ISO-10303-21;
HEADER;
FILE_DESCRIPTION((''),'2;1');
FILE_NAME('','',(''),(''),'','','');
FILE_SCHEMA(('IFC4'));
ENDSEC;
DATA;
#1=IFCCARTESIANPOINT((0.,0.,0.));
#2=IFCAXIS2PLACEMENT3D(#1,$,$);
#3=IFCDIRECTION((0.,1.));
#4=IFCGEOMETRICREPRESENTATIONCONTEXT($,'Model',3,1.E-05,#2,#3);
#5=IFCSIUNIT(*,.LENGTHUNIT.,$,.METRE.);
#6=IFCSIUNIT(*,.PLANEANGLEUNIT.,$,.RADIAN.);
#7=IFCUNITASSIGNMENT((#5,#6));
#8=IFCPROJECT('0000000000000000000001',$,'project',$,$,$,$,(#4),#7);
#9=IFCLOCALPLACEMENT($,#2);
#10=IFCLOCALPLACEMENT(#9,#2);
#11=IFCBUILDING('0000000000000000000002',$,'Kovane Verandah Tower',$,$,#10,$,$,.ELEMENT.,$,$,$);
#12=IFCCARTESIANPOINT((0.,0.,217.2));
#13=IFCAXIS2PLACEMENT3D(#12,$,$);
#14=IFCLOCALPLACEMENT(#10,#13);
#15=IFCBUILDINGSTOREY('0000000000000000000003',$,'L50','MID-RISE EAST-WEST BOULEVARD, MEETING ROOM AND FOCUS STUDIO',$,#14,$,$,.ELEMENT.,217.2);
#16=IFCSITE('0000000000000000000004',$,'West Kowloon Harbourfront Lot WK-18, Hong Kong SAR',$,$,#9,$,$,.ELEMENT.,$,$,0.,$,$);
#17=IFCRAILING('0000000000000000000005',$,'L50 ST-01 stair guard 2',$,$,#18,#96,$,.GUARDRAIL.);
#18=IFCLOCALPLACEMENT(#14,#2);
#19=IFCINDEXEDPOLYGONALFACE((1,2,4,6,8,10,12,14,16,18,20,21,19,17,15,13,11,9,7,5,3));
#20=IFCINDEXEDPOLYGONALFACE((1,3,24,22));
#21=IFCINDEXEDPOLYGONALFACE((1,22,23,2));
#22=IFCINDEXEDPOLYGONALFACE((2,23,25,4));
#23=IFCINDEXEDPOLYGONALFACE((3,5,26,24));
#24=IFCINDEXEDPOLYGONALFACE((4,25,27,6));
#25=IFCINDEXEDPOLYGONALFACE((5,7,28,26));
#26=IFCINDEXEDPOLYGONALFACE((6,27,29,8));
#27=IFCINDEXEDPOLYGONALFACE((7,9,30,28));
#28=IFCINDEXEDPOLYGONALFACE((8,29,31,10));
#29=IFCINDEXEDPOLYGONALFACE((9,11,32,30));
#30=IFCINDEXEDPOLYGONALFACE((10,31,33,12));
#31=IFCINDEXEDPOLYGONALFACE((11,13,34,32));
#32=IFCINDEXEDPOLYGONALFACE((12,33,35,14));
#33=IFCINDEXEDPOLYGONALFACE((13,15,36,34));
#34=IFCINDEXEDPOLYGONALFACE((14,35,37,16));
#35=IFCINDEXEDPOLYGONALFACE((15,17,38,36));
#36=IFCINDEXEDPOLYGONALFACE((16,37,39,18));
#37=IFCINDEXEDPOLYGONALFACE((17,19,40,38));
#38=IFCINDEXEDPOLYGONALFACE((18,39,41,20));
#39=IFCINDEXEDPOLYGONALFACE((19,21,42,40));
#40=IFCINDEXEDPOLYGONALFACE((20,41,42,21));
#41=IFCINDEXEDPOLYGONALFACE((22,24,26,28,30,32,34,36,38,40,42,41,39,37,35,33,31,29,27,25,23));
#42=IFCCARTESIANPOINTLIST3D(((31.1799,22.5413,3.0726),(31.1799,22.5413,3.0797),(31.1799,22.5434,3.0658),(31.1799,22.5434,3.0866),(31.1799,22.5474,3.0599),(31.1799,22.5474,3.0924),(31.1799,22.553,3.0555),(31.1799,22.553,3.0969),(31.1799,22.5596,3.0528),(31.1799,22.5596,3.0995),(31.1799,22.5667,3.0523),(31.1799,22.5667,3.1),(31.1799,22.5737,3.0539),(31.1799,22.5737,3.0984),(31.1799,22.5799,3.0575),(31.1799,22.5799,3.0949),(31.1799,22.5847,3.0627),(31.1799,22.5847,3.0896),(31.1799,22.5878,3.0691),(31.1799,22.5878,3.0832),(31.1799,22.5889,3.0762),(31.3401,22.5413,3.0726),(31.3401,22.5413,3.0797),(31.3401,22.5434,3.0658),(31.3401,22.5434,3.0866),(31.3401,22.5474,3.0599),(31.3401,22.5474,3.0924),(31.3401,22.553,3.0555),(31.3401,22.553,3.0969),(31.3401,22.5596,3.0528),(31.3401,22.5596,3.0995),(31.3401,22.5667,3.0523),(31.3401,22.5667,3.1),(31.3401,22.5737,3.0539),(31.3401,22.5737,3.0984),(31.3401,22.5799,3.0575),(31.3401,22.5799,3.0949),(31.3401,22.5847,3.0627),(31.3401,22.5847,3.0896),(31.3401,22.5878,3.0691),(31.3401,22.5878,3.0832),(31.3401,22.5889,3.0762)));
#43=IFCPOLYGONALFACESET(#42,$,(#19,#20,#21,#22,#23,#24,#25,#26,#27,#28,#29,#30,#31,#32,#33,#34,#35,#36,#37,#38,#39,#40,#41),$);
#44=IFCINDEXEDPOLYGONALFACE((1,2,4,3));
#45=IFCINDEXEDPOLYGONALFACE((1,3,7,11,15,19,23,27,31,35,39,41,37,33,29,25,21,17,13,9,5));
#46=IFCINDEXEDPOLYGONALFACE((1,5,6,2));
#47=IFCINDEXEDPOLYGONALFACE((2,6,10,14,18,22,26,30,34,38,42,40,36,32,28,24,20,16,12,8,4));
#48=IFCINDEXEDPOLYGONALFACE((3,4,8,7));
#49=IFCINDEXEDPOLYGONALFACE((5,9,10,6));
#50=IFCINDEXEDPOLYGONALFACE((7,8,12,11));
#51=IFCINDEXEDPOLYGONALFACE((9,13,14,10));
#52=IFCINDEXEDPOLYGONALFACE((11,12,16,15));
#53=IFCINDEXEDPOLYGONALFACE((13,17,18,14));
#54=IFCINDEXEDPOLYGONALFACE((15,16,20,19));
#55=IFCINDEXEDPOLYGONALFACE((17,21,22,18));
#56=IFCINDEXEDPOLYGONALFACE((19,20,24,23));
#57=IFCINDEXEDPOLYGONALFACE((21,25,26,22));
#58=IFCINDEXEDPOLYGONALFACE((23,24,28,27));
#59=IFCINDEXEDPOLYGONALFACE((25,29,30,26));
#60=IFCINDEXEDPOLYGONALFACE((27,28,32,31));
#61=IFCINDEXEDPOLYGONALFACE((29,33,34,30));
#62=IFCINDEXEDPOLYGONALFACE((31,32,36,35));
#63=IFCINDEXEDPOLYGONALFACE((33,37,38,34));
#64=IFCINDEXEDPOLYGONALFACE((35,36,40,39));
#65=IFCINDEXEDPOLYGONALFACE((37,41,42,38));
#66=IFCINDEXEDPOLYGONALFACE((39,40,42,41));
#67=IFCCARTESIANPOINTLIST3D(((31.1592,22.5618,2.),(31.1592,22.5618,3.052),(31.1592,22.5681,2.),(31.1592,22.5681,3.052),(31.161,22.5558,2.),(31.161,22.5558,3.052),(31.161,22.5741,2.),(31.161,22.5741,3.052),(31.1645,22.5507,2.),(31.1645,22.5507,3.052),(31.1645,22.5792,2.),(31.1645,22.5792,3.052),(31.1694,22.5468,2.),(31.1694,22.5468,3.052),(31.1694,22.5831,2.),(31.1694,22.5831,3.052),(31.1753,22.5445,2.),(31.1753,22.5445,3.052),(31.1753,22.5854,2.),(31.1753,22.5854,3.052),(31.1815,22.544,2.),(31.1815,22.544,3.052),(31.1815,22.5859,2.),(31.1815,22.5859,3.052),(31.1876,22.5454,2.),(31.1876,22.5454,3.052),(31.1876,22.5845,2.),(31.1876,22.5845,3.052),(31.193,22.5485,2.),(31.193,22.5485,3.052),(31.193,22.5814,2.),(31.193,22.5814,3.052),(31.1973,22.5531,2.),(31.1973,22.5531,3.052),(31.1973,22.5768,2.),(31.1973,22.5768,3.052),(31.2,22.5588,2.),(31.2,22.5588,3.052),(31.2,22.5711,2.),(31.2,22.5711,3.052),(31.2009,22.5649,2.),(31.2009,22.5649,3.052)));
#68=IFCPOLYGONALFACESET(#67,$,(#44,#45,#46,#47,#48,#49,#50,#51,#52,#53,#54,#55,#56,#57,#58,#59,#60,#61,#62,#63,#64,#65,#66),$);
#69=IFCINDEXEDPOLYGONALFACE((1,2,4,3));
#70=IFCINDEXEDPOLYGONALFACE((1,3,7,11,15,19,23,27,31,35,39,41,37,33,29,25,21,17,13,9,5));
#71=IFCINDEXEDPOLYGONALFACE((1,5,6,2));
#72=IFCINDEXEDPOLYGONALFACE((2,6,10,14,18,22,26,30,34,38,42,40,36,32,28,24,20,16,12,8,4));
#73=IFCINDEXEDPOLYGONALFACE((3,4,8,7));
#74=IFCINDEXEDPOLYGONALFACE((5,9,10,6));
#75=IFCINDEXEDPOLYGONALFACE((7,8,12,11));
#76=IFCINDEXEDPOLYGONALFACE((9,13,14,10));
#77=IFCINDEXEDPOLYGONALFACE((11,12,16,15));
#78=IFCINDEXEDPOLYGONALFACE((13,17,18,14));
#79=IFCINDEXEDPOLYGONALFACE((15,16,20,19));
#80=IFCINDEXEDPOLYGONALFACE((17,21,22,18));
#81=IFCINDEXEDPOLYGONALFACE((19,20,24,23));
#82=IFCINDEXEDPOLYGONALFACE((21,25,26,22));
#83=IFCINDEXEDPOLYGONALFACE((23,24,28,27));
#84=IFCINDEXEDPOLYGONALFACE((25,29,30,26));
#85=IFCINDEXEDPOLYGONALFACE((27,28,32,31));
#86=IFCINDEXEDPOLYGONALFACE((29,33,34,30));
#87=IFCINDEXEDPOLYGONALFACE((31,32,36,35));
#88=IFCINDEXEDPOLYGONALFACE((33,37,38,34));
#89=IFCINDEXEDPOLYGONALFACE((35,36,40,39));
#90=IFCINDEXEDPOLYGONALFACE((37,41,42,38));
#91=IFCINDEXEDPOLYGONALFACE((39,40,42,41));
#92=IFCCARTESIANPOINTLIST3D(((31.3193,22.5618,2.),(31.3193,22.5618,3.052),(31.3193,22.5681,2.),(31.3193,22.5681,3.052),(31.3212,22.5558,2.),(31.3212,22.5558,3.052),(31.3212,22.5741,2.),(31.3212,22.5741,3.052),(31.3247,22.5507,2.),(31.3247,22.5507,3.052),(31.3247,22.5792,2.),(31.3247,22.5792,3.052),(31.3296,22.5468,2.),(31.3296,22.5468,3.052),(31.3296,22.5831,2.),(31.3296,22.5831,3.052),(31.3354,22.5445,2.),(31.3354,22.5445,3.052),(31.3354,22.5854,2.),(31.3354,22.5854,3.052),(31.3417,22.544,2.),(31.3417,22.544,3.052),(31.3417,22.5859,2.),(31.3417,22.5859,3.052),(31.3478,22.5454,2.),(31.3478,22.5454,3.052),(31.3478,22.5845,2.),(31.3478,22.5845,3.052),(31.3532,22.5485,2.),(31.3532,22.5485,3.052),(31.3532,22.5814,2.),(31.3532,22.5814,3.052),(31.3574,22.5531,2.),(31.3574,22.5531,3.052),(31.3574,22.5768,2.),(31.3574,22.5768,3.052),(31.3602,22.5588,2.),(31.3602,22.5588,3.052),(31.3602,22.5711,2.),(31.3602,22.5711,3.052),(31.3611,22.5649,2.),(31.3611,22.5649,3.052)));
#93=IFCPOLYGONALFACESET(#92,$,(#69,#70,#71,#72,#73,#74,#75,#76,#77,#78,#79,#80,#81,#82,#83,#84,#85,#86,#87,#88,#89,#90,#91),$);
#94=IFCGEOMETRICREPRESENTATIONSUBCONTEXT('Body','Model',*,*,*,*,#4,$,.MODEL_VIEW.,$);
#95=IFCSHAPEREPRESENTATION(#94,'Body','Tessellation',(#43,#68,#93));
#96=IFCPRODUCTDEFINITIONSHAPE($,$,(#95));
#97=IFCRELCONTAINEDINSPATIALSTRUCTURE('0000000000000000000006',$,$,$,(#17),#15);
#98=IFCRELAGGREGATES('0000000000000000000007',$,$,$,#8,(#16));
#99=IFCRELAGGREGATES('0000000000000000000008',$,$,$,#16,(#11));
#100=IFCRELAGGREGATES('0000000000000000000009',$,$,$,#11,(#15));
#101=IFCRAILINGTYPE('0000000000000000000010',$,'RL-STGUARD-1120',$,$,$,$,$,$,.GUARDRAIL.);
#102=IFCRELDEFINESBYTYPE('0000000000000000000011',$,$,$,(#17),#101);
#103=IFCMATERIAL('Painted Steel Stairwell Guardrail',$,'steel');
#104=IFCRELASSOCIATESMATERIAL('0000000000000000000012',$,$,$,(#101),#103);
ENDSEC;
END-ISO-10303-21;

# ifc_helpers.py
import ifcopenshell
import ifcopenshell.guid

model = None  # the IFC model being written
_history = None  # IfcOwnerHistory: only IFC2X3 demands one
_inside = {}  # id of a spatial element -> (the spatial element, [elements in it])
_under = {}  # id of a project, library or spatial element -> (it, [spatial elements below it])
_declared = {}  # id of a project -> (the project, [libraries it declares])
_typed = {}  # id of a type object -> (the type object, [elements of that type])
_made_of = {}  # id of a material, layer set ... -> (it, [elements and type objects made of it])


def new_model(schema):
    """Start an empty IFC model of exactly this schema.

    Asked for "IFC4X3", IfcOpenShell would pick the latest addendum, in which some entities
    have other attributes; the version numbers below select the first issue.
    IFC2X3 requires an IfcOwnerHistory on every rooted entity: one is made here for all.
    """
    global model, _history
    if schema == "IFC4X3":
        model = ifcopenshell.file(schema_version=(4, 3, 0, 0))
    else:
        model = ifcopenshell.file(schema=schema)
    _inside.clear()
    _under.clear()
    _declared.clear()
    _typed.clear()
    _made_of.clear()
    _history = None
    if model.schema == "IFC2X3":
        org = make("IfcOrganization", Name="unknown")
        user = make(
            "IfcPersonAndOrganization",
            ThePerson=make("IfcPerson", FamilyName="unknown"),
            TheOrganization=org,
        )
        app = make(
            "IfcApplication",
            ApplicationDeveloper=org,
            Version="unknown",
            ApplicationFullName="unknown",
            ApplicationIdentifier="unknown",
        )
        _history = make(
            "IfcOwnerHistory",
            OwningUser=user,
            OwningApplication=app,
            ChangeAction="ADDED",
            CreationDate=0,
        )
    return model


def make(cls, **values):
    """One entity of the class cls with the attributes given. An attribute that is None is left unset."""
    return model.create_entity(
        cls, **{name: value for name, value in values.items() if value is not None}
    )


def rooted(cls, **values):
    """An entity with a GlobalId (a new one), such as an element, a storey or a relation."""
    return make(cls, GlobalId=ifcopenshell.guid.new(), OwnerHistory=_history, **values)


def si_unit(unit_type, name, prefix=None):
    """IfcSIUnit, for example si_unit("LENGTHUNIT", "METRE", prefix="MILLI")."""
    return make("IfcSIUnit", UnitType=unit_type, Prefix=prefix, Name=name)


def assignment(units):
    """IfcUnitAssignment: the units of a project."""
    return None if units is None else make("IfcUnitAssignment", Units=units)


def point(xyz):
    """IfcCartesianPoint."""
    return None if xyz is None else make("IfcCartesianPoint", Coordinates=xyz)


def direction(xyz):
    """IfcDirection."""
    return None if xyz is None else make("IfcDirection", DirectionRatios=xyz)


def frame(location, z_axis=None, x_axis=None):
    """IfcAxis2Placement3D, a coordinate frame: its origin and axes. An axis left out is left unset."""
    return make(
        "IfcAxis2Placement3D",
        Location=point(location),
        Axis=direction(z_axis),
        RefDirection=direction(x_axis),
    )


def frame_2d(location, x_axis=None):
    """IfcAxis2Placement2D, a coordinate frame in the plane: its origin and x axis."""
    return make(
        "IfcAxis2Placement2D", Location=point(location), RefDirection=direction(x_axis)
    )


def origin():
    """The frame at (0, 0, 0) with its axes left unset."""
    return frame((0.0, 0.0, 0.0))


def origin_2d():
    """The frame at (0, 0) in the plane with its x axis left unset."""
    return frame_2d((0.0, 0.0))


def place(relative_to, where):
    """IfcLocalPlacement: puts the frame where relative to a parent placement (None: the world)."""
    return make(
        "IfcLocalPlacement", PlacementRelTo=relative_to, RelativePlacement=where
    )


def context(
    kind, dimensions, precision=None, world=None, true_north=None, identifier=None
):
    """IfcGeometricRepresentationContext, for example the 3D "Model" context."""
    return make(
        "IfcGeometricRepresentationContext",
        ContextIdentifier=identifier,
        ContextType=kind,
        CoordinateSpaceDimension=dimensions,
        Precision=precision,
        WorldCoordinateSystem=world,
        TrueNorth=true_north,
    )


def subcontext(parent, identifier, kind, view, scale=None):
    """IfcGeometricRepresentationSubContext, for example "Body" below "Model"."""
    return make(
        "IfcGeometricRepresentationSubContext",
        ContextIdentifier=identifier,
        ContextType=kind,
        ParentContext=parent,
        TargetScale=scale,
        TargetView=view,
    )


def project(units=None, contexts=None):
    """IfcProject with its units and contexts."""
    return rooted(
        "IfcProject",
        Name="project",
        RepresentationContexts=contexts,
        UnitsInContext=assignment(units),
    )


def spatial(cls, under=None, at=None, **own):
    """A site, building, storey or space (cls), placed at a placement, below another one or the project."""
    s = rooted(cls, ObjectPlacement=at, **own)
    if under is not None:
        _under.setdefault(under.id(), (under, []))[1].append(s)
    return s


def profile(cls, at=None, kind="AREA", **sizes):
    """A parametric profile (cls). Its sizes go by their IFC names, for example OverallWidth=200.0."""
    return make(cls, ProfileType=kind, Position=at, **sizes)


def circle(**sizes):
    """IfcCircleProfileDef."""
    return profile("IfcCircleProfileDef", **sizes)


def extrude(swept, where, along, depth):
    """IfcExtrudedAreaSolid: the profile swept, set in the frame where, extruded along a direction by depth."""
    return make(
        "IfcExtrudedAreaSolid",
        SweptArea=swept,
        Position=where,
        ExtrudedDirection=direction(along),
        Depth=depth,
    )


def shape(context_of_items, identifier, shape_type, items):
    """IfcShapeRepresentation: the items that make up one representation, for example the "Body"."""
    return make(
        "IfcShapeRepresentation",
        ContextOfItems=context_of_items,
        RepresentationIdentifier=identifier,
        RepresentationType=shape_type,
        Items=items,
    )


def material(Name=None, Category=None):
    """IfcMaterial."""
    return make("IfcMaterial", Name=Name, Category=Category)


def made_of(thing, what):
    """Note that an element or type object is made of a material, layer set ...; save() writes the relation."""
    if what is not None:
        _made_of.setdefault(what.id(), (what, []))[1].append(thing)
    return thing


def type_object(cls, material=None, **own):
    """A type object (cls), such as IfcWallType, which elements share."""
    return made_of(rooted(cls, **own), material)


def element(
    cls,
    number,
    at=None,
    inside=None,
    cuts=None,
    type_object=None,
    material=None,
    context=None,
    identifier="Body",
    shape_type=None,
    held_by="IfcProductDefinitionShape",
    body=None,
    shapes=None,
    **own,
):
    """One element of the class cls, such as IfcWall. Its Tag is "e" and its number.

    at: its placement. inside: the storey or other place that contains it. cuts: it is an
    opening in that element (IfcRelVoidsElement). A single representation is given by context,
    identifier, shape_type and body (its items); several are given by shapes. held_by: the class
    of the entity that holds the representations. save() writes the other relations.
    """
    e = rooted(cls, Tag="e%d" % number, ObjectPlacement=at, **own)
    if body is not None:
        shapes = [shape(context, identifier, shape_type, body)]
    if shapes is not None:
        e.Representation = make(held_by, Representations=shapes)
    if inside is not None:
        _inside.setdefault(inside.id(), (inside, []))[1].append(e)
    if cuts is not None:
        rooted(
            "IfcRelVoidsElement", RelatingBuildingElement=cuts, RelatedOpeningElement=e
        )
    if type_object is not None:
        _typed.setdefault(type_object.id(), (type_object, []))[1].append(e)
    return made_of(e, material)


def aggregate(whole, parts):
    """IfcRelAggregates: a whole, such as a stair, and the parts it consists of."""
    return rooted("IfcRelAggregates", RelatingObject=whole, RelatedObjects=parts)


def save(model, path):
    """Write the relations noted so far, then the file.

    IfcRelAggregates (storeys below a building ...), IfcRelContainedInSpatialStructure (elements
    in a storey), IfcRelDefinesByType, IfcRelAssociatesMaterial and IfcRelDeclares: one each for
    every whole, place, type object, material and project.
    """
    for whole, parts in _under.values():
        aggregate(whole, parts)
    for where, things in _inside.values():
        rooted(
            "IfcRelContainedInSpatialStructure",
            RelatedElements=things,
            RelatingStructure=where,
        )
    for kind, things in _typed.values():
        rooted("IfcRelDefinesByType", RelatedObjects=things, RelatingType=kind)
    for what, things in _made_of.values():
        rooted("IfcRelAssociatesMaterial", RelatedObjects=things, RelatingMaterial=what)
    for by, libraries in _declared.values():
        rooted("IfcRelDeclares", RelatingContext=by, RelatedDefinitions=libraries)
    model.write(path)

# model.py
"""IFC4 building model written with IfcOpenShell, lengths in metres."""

from ifc_helpers import new_model, si_unit, direction, frame, origin, origin_2d, place, context, subcontext, project, spatial, circle, extrude, material, type_object, element, save


model = new_model("IFC4")

# Units and contexts
model_context = context("Model", 3, precision=1e-05, world=origin(), true_north=direction((0.0, 1.0)))
body_context = subcontext(model_context, "Body", "Model", "MODEL_VIEW")
ifc_project = project(units=[si_unit("LENGTHUNIT", "METRE"), si_unit("PLANEANGLEUNIT", "RADIAN")], contexts=[model_context])

# Site, building, storey
site_placement = place(None, origin())
site = spatial("IfcSite", under=ifc_project, at=site_placement, Name="West Kowloon Harbourfront Lot WK-18, Hong Kong SAR", CompositionType="ELEMENT", RefElevation=0.0)
building_placement = place(site_placement, origin())
building = spatial("IfcBuilding", under=site, at=building_placement, Name="Kovane Verandah Tower", CompositionType="ELEMENT")
storey_placement = place(building_placement, frame((0.0, 0.0, 217.2)))
storey = spatial("IfcBuildingStorey", under=building, at=storey_placement, Name="L50", Description="MID-RISE EAST-WEST BOULEVARD, MEETING ROOM AND FOCUS STUDIO", CompositionType="ELEMENT", Elevation=217.2)

# Railing
ifc_material_1 = material(Name="Painted Steel Stairwell Guardrail", Category="steel")
railing_type_1 = type_object("IfcRailingType", Name="RL-STGUARD-1120", PredefinedType="GUARDRAIL", material=ifc_material_1)
railing_1_placement = place(storey_placement, frame((31.1799, 22.5649, 2.0)))
element("IfcRailing", 1, at=railing_1_placement, inside=storey, type_object=railing_type_1, Name="L50 ST-01 stair guard 2", PredefinedType="GUARDRAIL", context=body_context, shape_type="SweptSolid", body=[
    extrude(circle(Radius=0.0239, at=origin_2d()), frame((0.0, 0.0, 1.0762), z_axis=(1.0, 0.0, 0.0), x_axis=(0.0, 1.0, 0.0)), (0.0, 0.0, 1.0), 0.1602),
    extrude(circle(Radius=0.021, at=origin_2d()), origin(), (0.0, 0.0, 1.0), 1.052),
    extrude(circle(Radius=0.021, at=origin_2d()), frame((0.1602, 0.0, 0.0)), (0.0, 0.0, 1.0), 1.052),
])

save(model, "model.ifc")
